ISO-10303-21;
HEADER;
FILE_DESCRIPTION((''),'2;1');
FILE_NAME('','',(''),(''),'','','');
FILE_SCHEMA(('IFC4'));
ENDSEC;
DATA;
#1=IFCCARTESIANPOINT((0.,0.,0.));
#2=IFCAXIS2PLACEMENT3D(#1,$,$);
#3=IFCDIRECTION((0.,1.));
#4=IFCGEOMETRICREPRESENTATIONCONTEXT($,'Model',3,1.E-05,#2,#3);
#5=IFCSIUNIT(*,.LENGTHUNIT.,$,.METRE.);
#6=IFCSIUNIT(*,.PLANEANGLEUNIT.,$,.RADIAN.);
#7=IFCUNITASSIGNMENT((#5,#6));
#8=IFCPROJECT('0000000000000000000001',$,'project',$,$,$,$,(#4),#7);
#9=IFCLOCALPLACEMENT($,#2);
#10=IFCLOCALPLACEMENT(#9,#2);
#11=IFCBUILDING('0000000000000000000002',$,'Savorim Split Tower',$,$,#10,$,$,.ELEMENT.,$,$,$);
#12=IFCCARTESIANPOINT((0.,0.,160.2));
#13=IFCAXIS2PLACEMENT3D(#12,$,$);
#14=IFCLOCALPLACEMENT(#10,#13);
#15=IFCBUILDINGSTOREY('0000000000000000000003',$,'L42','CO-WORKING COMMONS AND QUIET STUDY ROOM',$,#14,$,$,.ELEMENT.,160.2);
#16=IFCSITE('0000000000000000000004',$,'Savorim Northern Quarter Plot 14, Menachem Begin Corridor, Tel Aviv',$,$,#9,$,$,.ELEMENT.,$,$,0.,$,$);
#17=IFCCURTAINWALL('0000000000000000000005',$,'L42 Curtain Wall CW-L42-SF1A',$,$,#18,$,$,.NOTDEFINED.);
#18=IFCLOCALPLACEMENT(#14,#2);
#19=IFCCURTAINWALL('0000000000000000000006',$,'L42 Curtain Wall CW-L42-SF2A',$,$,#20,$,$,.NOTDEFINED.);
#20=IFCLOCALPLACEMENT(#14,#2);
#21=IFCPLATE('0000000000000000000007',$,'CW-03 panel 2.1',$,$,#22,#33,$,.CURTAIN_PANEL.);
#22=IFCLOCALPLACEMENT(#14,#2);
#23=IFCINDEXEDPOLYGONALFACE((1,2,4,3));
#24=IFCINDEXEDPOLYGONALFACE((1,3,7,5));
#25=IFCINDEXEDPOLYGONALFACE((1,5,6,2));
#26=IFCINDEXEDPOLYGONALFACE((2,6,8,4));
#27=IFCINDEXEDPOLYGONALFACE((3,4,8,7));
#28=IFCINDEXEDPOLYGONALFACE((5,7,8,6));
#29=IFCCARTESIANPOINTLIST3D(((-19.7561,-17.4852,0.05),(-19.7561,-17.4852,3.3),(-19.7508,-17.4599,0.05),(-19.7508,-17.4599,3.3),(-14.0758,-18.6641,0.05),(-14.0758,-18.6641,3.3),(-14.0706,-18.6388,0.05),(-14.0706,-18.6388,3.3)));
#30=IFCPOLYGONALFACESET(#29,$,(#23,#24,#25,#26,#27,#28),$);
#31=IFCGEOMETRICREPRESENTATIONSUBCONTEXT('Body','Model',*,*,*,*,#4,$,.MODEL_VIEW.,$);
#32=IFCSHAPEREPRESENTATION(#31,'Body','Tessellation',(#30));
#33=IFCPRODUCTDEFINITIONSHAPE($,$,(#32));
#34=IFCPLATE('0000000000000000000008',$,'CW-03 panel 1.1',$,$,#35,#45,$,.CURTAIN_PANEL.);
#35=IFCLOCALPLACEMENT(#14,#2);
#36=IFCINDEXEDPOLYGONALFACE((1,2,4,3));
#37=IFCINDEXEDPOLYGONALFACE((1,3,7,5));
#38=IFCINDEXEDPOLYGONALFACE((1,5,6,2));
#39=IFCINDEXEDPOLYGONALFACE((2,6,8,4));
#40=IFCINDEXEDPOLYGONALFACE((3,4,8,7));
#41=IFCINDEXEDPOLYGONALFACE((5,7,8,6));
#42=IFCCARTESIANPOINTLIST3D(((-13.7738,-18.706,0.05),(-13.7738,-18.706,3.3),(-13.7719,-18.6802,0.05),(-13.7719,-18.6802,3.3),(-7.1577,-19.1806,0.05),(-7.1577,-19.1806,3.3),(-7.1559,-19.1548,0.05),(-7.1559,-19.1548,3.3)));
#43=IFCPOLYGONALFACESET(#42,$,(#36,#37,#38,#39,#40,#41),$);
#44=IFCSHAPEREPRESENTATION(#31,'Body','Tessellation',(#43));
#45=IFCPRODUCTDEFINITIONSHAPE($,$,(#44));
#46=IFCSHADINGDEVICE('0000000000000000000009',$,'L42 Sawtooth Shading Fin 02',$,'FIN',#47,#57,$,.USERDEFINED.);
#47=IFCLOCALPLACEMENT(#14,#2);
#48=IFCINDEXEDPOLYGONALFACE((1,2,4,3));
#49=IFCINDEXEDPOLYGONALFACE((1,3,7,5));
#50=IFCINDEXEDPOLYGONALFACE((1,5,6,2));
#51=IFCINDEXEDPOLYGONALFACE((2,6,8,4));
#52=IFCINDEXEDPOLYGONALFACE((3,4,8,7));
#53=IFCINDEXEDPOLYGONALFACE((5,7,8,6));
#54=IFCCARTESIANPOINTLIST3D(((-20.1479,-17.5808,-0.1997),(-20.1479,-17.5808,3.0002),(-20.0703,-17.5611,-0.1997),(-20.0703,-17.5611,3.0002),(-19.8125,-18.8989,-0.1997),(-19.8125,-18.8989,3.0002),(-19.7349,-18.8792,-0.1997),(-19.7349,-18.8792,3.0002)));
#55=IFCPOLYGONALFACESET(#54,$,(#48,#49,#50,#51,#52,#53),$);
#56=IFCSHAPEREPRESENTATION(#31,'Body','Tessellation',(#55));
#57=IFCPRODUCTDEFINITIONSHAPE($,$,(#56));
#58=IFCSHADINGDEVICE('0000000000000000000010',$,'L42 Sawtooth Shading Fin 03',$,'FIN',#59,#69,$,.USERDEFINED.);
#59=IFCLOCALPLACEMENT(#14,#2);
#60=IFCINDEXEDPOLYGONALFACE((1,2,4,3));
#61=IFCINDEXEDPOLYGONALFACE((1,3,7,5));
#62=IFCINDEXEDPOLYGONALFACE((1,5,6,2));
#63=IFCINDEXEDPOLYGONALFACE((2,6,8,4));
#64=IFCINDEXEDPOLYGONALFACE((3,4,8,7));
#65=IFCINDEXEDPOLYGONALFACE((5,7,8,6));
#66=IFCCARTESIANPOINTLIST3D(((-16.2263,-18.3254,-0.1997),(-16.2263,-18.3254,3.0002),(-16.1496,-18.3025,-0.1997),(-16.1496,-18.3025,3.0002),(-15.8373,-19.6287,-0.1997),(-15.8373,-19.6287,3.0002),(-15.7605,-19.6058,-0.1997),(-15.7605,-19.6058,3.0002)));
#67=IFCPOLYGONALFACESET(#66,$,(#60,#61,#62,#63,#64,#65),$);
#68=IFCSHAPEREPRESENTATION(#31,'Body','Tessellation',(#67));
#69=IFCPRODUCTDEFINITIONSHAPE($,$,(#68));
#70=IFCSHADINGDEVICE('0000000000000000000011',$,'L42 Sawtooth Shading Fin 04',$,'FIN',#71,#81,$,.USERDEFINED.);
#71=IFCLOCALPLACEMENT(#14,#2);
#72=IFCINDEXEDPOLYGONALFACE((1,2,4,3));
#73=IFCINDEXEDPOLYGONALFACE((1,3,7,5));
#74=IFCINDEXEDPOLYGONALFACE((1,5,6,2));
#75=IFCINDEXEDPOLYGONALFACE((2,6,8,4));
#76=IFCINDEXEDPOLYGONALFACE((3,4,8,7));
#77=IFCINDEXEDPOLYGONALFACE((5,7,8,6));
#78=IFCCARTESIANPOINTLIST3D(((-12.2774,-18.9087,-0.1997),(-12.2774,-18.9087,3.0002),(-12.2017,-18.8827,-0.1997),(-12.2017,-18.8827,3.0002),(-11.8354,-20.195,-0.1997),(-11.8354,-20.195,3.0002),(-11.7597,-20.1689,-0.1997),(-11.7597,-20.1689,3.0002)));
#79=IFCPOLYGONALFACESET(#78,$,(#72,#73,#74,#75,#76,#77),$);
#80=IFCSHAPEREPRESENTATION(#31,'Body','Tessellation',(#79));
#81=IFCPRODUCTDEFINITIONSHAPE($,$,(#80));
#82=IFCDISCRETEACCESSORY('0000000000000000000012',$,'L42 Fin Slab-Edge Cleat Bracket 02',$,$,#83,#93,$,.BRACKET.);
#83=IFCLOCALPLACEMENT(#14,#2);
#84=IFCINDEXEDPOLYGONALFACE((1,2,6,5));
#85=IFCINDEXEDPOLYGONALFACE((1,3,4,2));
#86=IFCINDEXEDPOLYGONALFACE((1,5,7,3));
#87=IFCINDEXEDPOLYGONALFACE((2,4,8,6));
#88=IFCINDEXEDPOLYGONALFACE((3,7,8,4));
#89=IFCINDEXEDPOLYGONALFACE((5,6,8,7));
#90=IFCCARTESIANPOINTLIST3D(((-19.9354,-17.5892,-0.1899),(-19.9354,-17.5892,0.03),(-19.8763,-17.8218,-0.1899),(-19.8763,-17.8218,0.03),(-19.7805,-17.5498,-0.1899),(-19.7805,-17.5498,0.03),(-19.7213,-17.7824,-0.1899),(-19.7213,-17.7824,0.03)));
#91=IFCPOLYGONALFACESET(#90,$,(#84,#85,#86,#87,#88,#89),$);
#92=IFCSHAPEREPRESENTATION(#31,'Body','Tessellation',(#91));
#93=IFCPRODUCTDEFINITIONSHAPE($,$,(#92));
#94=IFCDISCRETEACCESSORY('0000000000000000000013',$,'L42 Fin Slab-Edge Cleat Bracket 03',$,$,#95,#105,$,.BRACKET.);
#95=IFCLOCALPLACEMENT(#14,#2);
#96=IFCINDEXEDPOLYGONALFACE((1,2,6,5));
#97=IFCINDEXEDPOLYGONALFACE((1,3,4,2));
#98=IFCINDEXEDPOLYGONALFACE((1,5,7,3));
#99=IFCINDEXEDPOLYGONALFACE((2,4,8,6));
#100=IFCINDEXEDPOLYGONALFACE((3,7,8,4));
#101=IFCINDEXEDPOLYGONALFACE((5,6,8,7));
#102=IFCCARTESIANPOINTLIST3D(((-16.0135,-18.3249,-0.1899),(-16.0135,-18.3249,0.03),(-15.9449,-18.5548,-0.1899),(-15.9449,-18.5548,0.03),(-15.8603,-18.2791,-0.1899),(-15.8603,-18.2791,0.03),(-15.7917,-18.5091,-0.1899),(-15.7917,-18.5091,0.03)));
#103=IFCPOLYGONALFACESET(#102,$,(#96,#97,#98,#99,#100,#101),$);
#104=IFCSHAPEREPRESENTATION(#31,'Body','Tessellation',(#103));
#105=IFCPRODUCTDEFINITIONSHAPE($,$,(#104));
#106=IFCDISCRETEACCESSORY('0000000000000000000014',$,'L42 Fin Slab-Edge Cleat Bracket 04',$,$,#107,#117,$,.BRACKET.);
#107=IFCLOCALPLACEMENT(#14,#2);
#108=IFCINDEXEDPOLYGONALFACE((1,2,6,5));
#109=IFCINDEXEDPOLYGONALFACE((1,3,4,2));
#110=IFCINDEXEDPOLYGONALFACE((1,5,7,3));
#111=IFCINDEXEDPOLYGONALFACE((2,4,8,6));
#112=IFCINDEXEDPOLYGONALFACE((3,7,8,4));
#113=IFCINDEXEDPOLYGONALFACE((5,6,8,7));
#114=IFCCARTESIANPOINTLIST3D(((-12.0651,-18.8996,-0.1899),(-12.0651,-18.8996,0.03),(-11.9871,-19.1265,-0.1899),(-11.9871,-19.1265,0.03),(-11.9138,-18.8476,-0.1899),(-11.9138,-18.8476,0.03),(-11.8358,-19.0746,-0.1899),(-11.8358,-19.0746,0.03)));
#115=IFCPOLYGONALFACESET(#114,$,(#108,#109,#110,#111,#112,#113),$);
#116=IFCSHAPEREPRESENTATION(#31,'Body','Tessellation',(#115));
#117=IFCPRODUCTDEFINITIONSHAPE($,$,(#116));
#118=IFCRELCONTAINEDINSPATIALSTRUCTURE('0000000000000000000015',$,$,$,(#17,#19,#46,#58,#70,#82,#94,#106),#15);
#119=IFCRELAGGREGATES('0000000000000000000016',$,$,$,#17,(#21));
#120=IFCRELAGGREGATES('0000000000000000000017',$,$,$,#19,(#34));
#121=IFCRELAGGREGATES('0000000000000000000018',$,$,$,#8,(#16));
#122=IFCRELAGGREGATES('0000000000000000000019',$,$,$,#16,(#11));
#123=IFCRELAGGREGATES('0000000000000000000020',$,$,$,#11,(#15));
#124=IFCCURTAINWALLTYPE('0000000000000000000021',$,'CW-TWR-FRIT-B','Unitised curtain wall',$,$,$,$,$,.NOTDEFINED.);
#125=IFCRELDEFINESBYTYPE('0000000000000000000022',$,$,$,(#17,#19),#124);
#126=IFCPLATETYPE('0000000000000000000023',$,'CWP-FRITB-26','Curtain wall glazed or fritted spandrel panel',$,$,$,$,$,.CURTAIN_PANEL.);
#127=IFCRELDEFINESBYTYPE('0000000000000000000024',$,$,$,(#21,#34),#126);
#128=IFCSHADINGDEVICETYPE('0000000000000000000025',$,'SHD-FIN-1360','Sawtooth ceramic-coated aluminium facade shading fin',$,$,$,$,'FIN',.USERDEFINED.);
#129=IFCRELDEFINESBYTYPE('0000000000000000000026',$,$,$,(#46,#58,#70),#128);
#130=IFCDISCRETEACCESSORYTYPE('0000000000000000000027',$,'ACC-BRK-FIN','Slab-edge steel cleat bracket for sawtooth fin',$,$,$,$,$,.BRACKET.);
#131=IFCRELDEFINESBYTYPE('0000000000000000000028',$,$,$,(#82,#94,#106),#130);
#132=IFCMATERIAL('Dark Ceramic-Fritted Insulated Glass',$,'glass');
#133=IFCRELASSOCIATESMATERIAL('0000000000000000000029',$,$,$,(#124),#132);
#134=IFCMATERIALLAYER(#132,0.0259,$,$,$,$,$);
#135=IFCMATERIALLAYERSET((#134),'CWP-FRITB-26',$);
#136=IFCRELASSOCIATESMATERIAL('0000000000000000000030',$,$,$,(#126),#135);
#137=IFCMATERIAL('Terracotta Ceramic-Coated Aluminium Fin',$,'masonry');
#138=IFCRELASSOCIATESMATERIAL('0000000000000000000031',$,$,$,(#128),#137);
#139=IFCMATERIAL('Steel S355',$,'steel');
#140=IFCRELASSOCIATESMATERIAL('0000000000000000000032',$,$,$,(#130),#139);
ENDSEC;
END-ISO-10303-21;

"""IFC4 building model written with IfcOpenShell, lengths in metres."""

from ifc_helpers import new_model, si_unit, direction, frame, origin, origin_2d, place, context, subcontext, project, spatial, rectangle, extrude, material, layer, layer_set, type_object, element, aggregate, save


model = new_model("IFC4")

# Units and contexts
model_context = context("Model", 3, precision=1e-05, world=origin(), true_north=direction((0.0, 1.0)))
body_context = subcontext(model_context, "Body", "Model", "MODEL_VIEW")
ifc_project = project(units=[si_unit("LENGTHUNIT", "METRE"), si_unit("PLANEANGLEUNIT", "RADIAN")], contexts=[model_context])

# Site, building, storey
site_placement = place(None, origin())
site = spatial("IfcSite", under=ifc_project, at=site_placement, Name="Savorim Northern Quarter Plot 14, Menachem Begin Corridor, Tel Aviv", CompositionType="ELEMENT", RefElevation=0.0)
building_placement = place(site_placement, origin())
building = spatial("IfcBuilding", under=site, at=building_placement, Name="Savorim Split Tower", CompositionType="ELEMENT")
storey_placement = place(building_placement, frame((0.0, 0.0, 160.2)))
storey = spatial("IfcBuildingStorey", under=building, at=storey_placement, Name="L42", Description="CO-WORKING COMMONS AND QUIET STUDY ROOM", CompositionType="ELEMENT", Elevation=160.2)

# Shared definitions
ifc_material_1 = material(Name="Steel S355", Category="steel")

# Curtain wall
ifc_material_2 = material(Name="Dark Ceramic-Fritted Insulated Glass", Category="glass")
curtain_wall_type = type_object("IfcCurtainWallType", Name="CW-TWR-FRIT-B", Description="Unitised curtain wall", PredefinedType="NOTDEFINED", material=ifc_material_2)
curtain_wall_1_placement = place(storey_placement, origin())
curtain_wall_1 = element("IfcCurtainWall", 1, at=curtain_wall_1_placement, inside=storey, type_object=curtain_wall_type, Name="L42 Curtain Wall CW-L42-SF1A", PredefinedType="NOTDEFINED")

# Curtain wall
curtain_wall_2_placement = place(storey_placement, origin())
curtain_wall_2 = element("IfcCurtainWall", 2, at=curtain_wall_2_placement, inside=storey, type_object=curtain_wall_type, Name="L42 Curtain Wall CW-L42-SF2A", PredefinedType="NOTDEFINED")

# Plates
ifc_layer = layer(ifc_material_2, 0.0259)
ifc_layer_set = layer_set([ifc_layer], Name="CWP-FRITB-26")
plate_type = type_object("IfcPlateType", Name="CWP-FRITB-26", Description="Curtain wall glazed or fritted spandrel panel", PredefinedType="CURTAIN_PANEL", material=ifc_layer_set)
plate_1_placement = place(storey_placement, frame((-16.9133, -18.062, 0.05), z_axis=(0.0, 0.0, 1.0), x_axis=(0.979135, -0.203212, 0.0)))
plate_1 = element("IfcPlate", 3, at=plate_1_placement, type_object=plate_type, Name="CW-03 panel 2.1", PredefinedType="CURTAIN_PANEL", context=body_context, shape_type="SweptSolid", body=[
    extrude(rectangle(XDim=5.8013, YDim=0.0259, at=origin_2d()), origin(), (0.0, 0.0, 1.0), 3.25),
])
aggregate(curtain_wall_1, [plate_1])
plate_2_placement = place(storey_placement, frame((-10.4648, -18.9304, 0.05), z_axis=(0.0, 0.0, 1.0), x_axis=(0.997437, -0.071553, 0.0)))
plate_2 = element("IfcPlate", 4, at=plate_2_placement, type_object=plate_type, Name="CW-03 panel 1.1", PredefinedType="CURTAIN_PANEL", context=body_context, shape_type="SweptSolid", body=[
    extrude(rectangle(XDim=6.6331, YDim=0.0259, at=origin_2d()), origin(), (0.0, 0.0, 1.0), 3.25),
])
aggregate(curtain_wall_2, [plate_2])

# Shading devices
ifc_material_3 = material(Name="Terracotta Ceramic-Coated Aluminium Fin", Category="masonry")
shading_device_type = type_object("IfcShadingDeviceType", Name="SHD-FIN-1360", Description="Sawtooth ceramic-coated aluminium facade shading fin", ElementType="FIN", PredefinedType="USERDEFINED", material=ifc_material_3)
for number, where, z_axis, x_axis, name in (
    (5, (-19.9414, -18.23, -0.1997), (0.0, 0.0, 1.0), (0.246581, -0.969122, 0.0), "L42 Sawtooth Shading Fin 02"),
    (6, (-15.9934, -18.9656, -0.1997), (0.0, 0.0, 1.0), (0.286026, -0.958222, 0.0), "L42 Sawtooth Shading Fin 03"),
    (7, (-12.0186, -19.5388, -0.1997), (0.0, 0.0, 1.0), (0.324994, -0.945716, 0.0), "L42 Sawtooth Shading Fin 04"),
):
    element("IfcShadingDevice", number, at=place(storey_placement, frame(where, z_axis=z_axis, x_axis=x_axis)), inside=storey, type_object=shading_device_type, Name=name, ObjectType="FIN", PredefinedType="USERDEFINED", context=body_context, shape_type="SweptSolid", body=[
        extrude(rectangle(XDim=1.3601, YDim=0.0801, at=origin_2d()), origin(), (0.0, 0.0, 1.0), 3.2),
    ])

# Discrete accessories
discrete_accessory_type = type_object("IfcDiscreteAccessoryType", Name="ACC-BRK-FIN", Description="Slab-edge steel cleat bracket for sawtooth fin", PredefinedType="BRACKET", material=ifc_material_1)
for number, where, z_axis, x_axis, name in (
    (8, (-19.8284, -17.6858, -0.1899), (0.0, 0.0, 1.0), (0.246581, -0.969122, 0.0), "L42 Fin Slab-Edge Cleat Bracket 02"),
    (9, (-15.9026, -18.417, -0.1899), (0.0, 0.0, 1.0), (0.286026, -0.958222, 0.0), "L42 Fin Slab-Edge Cleat Bracket 03"),
    (10, (-11.9504, -18.9871, -0.1899), (0.0, 0.0, 1.0), (0.324994, -0.945716, 0.0), "L42 Fin Slab-Edge Cleat Bracket 04"),
):
    element("IfcDiscreteAccessory", number, at=place(storey_placement, frame(where, z_axis=z_axis, x_axis=x_axis)), inside=storey, type_object=discrete_accessory_type, Name=name, PredefinedType="BRACKET", context=body_context, shape_type="SweptSolid", body=[
        extrude(rectangle(XDim=0.24, YDim=0.1599, at=origin_2d()), origin(), (0.0, 0.0, 1.0), 0.22),
    ])

save(model, "model.ifc")
